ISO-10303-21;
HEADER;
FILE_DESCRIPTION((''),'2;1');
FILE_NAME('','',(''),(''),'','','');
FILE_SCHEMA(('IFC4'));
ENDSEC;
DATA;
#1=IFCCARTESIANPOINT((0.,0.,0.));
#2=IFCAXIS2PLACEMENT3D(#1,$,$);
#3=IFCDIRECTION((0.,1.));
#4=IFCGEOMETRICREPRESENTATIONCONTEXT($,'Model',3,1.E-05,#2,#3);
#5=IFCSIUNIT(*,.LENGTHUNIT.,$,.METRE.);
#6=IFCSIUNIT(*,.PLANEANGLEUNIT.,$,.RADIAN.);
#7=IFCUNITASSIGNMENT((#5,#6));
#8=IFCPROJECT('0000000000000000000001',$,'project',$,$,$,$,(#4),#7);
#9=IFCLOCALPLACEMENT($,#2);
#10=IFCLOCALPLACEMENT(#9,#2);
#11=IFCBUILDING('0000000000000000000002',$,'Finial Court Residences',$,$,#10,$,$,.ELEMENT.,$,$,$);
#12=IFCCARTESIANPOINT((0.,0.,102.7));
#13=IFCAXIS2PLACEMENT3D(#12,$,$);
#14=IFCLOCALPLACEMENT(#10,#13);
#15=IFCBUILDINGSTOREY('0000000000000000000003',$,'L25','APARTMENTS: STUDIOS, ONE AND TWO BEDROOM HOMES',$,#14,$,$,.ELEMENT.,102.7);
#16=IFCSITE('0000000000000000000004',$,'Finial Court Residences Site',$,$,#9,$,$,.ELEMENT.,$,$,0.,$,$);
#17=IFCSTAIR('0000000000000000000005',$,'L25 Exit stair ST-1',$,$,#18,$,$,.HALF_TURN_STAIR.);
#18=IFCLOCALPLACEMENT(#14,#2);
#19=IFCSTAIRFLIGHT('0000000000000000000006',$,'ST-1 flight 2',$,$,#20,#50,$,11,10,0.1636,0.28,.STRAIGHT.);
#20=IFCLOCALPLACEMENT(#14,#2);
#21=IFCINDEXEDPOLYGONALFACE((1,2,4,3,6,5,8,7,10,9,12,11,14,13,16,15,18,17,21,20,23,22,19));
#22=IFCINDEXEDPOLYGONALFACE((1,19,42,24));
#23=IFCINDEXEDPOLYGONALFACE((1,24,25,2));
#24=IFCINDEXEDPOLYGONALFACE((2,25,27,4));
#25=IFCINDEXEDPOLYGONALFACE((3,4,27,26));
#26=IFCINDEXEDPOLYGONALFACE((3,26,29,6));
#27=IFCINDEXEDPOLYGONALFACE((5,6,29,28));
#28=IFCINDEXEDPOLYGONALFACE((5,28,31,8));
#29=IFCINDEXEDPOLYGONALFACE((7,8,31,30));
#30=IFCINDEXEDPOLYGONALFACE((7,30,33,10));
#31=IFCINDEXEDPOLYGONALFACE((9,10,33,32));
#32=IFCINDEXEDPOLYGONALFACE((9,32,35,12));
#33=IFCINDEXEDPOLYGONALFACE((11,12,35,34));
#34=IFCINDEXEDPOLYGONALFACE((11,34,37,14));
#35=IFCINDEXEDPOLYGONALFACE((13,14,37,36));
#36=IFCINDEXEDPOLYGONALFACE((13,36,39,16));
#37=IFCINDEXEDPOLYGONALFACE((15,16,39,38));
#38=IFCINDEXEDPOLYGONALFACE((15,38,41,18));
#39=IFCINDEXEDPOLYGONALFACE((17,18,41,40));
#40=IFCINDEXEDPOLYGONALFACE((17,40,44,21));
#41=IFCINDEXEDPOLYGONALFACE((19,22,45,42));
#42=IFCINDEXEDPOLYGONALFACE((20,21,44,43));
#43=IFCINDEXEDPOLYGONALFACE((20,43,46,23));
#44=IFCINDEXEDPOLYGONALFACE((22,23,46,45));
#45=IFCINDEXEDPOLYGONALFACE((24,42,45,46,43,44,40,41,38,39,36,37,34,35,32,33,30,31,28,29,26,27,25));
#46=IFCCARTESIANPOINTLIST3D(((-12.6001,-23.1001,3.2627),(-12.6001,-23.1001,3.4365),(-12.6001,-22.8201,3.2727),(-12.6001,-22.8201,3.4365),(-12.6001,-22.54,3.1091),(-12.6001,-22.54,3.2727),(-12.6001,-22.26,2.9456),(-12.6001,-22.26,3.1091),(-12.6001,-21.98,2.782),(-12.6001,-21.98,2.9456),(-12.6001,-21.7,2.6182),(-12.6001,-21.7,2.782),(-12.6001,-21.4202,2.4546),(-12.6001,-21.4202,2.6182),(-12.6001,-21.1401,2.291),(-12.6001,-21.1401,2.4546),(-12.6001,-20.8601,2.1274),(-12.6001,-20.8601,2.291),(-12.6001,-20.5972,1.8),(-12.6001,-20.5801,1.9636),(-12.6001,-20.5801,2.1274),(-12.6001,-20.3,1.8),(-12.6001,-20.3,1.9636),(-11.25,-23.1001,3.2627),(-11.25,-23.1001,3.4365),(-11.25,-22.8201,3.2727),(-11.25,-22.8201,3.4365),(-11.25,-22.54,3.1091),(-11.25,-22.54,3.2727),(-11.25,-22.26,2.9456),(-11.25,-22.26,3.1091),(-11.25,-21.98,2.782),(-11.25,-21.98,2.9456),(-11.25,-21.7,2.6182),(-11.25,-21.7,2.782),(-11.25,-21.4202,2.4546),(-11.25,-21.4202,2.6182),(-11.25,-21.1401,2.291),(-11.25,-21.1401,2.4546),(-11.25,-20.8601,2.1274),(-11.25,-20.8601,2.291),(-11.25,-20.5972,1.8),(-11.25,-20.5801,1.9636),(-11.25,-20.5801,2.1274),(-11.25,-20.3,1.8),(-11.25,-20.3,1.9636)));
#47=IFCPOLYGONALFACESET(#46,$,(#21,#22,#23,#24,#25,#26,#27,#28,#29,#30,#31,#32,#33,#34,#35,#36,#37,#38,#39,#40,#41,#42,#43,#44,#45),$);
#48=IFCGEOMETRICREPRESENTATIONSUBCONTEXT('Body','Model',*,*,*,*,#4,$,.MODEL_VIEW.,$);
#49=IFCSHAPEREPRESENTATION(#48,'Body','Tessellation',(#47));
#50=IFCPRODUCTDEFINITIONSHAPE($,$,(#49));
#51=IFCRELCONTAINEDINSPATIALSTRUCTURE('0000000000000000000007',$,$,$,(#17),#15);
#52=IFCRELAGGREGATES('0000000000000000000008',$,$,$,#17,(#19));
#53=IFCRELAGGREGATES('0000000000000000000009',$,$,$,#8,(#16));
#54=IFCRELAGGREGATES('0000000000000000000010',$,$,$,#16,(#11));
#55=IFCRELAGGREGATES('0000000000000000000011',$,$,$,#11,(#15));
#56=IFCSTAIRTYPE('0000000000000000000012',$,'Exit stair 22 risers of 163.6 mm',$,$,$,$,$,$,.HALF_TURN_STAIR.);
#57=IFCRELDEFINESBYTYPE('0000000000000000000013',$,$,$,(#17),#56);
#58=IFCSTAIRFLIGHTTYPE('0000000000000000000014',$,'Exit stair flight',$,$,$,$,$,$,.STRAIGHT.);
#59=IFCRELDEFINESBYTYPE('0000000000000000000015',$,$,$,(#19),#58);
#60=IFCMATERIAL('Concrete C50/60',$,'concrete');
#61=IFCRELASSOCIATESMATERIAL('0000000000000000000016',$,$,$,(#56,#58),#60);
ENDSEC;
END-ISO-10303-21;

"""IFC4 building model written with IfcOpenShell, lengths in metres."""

from ifc_helpers import new_model, si_unit, direction, frame, origin, place, context, subcontext, project, spatial, polyline, outline, extrude, material, type_object, element, aggregate, save


model = new_model("IFC4")

# Units and contexts
model_context = context("Model", 3, precision=1e-05, world=origin(), true_north=direction((0.0, 1.0)))
body_context = subcontext(model_context, "Body", "Model", "MODEL_VIEW")
ifc_project = project(units=[si_unit("LENGTHUNIT", "METRE"), si_unit("PLANEANGLEUNIT", "RADIAN")], contexts=[model_context])

# Site, building, storey
site_placement = place(None, origin())
site = spatial("IfcSite", under=ifc_project, at=site_placement, Name="Finial Court Residences Site", CompositionType="ELEMENT", RefElevation=0.0)
building_placement = place(site_placement, origin())
building = spatial("IfcBuilding", under=site, at=building_placement, Name="Finial Court Residences", CompositionType="ELEMENT")
storey_placement = place(building_placement, frame((0.0, 0.0, 102.7)))
storey = spatial("IfcBuildingStorey", under=building, at=storey_placement, Name="L25", Description="APARTMENTS: STUDIOS, ONE AND TWO BEDROOM HOMES", CompositionType="ELEMENT", Elevation=102.7)

# Stair, stair flight
ifc_material_1 = material(Name="Concrete C50/60", Category="concrete")
stair_type = type_object("IfcStairType", Name="Exit stair 22 risers of 163.6 mm", PredefinedType="HALF_TURN_STAIR", material=ifc_material_1)
stair_placement = place(storey_placement, origin())
stair = element("IfcStair", 1, at=stair_placement, inside=storey, type_object=stair_type, Name="L25 Exit stair ST-1", PredefinedType="HALF_TURN_STAIR")
stair_flight_type = type_object("IfcStairFlightType", Name="Exit stair flight", PredefinedType="STRAIGHT", material=ifc_material_1)
stair_flight_placement = place(storey_placement, frame((-11.925, -20.3, 1.8), z_axis=(0.0, 0.0, 1.0), x_axis=(0.0, -1.0, 0.0)))
stair_flight = element("IfcStairFlight", 2, at=stair_flight_placement, type_object=stair_flight_type, Name="ST-1 flight 2", NumberOfRisers=11, NumberOfTreads=10, PredefinedType="STRAIGHT", RiserHeight=0.1636, TreadLength=0.28, context=body_context, shape_type="SweptSolid", body=[
    extrude(outline(polyline([(0.0, 0.0), (0.0, 0.1636), (0.28, 0.1636), (0.28, 0.3274), (0.5601, 0.3274), (0.5601, 0.491), (0.8401, 0.491), (0.8401, 0.6545), (1.1201, 0.6545), (1.1201, 0.8181), (1.3999, 0.8181), (1.3999, 0.9819), (1.6799, 0.9819), (1.6799, 1.1455), (1.96, 1.1455), (1.96, 1.3091), (2.24, 1.3091), (2.24, 1.4727), (2.52, 1.4727), (2.52, 1.6365), (2.8, 1.6365), (2.8, 1.8), (2.8, 1.4626), (0.2971, 0.0), (0.0, 0.0)])), frame((0.0, 0.675, 0.0), z_axis=(0.0, -1.0, 0.0), x_axis=(1.0, 0.0, 0.0)), (0.0, 0.0, 1.0), 1.3501),
])
aggregate(stair, [stair_flight])

save(model, "model.ifc")
